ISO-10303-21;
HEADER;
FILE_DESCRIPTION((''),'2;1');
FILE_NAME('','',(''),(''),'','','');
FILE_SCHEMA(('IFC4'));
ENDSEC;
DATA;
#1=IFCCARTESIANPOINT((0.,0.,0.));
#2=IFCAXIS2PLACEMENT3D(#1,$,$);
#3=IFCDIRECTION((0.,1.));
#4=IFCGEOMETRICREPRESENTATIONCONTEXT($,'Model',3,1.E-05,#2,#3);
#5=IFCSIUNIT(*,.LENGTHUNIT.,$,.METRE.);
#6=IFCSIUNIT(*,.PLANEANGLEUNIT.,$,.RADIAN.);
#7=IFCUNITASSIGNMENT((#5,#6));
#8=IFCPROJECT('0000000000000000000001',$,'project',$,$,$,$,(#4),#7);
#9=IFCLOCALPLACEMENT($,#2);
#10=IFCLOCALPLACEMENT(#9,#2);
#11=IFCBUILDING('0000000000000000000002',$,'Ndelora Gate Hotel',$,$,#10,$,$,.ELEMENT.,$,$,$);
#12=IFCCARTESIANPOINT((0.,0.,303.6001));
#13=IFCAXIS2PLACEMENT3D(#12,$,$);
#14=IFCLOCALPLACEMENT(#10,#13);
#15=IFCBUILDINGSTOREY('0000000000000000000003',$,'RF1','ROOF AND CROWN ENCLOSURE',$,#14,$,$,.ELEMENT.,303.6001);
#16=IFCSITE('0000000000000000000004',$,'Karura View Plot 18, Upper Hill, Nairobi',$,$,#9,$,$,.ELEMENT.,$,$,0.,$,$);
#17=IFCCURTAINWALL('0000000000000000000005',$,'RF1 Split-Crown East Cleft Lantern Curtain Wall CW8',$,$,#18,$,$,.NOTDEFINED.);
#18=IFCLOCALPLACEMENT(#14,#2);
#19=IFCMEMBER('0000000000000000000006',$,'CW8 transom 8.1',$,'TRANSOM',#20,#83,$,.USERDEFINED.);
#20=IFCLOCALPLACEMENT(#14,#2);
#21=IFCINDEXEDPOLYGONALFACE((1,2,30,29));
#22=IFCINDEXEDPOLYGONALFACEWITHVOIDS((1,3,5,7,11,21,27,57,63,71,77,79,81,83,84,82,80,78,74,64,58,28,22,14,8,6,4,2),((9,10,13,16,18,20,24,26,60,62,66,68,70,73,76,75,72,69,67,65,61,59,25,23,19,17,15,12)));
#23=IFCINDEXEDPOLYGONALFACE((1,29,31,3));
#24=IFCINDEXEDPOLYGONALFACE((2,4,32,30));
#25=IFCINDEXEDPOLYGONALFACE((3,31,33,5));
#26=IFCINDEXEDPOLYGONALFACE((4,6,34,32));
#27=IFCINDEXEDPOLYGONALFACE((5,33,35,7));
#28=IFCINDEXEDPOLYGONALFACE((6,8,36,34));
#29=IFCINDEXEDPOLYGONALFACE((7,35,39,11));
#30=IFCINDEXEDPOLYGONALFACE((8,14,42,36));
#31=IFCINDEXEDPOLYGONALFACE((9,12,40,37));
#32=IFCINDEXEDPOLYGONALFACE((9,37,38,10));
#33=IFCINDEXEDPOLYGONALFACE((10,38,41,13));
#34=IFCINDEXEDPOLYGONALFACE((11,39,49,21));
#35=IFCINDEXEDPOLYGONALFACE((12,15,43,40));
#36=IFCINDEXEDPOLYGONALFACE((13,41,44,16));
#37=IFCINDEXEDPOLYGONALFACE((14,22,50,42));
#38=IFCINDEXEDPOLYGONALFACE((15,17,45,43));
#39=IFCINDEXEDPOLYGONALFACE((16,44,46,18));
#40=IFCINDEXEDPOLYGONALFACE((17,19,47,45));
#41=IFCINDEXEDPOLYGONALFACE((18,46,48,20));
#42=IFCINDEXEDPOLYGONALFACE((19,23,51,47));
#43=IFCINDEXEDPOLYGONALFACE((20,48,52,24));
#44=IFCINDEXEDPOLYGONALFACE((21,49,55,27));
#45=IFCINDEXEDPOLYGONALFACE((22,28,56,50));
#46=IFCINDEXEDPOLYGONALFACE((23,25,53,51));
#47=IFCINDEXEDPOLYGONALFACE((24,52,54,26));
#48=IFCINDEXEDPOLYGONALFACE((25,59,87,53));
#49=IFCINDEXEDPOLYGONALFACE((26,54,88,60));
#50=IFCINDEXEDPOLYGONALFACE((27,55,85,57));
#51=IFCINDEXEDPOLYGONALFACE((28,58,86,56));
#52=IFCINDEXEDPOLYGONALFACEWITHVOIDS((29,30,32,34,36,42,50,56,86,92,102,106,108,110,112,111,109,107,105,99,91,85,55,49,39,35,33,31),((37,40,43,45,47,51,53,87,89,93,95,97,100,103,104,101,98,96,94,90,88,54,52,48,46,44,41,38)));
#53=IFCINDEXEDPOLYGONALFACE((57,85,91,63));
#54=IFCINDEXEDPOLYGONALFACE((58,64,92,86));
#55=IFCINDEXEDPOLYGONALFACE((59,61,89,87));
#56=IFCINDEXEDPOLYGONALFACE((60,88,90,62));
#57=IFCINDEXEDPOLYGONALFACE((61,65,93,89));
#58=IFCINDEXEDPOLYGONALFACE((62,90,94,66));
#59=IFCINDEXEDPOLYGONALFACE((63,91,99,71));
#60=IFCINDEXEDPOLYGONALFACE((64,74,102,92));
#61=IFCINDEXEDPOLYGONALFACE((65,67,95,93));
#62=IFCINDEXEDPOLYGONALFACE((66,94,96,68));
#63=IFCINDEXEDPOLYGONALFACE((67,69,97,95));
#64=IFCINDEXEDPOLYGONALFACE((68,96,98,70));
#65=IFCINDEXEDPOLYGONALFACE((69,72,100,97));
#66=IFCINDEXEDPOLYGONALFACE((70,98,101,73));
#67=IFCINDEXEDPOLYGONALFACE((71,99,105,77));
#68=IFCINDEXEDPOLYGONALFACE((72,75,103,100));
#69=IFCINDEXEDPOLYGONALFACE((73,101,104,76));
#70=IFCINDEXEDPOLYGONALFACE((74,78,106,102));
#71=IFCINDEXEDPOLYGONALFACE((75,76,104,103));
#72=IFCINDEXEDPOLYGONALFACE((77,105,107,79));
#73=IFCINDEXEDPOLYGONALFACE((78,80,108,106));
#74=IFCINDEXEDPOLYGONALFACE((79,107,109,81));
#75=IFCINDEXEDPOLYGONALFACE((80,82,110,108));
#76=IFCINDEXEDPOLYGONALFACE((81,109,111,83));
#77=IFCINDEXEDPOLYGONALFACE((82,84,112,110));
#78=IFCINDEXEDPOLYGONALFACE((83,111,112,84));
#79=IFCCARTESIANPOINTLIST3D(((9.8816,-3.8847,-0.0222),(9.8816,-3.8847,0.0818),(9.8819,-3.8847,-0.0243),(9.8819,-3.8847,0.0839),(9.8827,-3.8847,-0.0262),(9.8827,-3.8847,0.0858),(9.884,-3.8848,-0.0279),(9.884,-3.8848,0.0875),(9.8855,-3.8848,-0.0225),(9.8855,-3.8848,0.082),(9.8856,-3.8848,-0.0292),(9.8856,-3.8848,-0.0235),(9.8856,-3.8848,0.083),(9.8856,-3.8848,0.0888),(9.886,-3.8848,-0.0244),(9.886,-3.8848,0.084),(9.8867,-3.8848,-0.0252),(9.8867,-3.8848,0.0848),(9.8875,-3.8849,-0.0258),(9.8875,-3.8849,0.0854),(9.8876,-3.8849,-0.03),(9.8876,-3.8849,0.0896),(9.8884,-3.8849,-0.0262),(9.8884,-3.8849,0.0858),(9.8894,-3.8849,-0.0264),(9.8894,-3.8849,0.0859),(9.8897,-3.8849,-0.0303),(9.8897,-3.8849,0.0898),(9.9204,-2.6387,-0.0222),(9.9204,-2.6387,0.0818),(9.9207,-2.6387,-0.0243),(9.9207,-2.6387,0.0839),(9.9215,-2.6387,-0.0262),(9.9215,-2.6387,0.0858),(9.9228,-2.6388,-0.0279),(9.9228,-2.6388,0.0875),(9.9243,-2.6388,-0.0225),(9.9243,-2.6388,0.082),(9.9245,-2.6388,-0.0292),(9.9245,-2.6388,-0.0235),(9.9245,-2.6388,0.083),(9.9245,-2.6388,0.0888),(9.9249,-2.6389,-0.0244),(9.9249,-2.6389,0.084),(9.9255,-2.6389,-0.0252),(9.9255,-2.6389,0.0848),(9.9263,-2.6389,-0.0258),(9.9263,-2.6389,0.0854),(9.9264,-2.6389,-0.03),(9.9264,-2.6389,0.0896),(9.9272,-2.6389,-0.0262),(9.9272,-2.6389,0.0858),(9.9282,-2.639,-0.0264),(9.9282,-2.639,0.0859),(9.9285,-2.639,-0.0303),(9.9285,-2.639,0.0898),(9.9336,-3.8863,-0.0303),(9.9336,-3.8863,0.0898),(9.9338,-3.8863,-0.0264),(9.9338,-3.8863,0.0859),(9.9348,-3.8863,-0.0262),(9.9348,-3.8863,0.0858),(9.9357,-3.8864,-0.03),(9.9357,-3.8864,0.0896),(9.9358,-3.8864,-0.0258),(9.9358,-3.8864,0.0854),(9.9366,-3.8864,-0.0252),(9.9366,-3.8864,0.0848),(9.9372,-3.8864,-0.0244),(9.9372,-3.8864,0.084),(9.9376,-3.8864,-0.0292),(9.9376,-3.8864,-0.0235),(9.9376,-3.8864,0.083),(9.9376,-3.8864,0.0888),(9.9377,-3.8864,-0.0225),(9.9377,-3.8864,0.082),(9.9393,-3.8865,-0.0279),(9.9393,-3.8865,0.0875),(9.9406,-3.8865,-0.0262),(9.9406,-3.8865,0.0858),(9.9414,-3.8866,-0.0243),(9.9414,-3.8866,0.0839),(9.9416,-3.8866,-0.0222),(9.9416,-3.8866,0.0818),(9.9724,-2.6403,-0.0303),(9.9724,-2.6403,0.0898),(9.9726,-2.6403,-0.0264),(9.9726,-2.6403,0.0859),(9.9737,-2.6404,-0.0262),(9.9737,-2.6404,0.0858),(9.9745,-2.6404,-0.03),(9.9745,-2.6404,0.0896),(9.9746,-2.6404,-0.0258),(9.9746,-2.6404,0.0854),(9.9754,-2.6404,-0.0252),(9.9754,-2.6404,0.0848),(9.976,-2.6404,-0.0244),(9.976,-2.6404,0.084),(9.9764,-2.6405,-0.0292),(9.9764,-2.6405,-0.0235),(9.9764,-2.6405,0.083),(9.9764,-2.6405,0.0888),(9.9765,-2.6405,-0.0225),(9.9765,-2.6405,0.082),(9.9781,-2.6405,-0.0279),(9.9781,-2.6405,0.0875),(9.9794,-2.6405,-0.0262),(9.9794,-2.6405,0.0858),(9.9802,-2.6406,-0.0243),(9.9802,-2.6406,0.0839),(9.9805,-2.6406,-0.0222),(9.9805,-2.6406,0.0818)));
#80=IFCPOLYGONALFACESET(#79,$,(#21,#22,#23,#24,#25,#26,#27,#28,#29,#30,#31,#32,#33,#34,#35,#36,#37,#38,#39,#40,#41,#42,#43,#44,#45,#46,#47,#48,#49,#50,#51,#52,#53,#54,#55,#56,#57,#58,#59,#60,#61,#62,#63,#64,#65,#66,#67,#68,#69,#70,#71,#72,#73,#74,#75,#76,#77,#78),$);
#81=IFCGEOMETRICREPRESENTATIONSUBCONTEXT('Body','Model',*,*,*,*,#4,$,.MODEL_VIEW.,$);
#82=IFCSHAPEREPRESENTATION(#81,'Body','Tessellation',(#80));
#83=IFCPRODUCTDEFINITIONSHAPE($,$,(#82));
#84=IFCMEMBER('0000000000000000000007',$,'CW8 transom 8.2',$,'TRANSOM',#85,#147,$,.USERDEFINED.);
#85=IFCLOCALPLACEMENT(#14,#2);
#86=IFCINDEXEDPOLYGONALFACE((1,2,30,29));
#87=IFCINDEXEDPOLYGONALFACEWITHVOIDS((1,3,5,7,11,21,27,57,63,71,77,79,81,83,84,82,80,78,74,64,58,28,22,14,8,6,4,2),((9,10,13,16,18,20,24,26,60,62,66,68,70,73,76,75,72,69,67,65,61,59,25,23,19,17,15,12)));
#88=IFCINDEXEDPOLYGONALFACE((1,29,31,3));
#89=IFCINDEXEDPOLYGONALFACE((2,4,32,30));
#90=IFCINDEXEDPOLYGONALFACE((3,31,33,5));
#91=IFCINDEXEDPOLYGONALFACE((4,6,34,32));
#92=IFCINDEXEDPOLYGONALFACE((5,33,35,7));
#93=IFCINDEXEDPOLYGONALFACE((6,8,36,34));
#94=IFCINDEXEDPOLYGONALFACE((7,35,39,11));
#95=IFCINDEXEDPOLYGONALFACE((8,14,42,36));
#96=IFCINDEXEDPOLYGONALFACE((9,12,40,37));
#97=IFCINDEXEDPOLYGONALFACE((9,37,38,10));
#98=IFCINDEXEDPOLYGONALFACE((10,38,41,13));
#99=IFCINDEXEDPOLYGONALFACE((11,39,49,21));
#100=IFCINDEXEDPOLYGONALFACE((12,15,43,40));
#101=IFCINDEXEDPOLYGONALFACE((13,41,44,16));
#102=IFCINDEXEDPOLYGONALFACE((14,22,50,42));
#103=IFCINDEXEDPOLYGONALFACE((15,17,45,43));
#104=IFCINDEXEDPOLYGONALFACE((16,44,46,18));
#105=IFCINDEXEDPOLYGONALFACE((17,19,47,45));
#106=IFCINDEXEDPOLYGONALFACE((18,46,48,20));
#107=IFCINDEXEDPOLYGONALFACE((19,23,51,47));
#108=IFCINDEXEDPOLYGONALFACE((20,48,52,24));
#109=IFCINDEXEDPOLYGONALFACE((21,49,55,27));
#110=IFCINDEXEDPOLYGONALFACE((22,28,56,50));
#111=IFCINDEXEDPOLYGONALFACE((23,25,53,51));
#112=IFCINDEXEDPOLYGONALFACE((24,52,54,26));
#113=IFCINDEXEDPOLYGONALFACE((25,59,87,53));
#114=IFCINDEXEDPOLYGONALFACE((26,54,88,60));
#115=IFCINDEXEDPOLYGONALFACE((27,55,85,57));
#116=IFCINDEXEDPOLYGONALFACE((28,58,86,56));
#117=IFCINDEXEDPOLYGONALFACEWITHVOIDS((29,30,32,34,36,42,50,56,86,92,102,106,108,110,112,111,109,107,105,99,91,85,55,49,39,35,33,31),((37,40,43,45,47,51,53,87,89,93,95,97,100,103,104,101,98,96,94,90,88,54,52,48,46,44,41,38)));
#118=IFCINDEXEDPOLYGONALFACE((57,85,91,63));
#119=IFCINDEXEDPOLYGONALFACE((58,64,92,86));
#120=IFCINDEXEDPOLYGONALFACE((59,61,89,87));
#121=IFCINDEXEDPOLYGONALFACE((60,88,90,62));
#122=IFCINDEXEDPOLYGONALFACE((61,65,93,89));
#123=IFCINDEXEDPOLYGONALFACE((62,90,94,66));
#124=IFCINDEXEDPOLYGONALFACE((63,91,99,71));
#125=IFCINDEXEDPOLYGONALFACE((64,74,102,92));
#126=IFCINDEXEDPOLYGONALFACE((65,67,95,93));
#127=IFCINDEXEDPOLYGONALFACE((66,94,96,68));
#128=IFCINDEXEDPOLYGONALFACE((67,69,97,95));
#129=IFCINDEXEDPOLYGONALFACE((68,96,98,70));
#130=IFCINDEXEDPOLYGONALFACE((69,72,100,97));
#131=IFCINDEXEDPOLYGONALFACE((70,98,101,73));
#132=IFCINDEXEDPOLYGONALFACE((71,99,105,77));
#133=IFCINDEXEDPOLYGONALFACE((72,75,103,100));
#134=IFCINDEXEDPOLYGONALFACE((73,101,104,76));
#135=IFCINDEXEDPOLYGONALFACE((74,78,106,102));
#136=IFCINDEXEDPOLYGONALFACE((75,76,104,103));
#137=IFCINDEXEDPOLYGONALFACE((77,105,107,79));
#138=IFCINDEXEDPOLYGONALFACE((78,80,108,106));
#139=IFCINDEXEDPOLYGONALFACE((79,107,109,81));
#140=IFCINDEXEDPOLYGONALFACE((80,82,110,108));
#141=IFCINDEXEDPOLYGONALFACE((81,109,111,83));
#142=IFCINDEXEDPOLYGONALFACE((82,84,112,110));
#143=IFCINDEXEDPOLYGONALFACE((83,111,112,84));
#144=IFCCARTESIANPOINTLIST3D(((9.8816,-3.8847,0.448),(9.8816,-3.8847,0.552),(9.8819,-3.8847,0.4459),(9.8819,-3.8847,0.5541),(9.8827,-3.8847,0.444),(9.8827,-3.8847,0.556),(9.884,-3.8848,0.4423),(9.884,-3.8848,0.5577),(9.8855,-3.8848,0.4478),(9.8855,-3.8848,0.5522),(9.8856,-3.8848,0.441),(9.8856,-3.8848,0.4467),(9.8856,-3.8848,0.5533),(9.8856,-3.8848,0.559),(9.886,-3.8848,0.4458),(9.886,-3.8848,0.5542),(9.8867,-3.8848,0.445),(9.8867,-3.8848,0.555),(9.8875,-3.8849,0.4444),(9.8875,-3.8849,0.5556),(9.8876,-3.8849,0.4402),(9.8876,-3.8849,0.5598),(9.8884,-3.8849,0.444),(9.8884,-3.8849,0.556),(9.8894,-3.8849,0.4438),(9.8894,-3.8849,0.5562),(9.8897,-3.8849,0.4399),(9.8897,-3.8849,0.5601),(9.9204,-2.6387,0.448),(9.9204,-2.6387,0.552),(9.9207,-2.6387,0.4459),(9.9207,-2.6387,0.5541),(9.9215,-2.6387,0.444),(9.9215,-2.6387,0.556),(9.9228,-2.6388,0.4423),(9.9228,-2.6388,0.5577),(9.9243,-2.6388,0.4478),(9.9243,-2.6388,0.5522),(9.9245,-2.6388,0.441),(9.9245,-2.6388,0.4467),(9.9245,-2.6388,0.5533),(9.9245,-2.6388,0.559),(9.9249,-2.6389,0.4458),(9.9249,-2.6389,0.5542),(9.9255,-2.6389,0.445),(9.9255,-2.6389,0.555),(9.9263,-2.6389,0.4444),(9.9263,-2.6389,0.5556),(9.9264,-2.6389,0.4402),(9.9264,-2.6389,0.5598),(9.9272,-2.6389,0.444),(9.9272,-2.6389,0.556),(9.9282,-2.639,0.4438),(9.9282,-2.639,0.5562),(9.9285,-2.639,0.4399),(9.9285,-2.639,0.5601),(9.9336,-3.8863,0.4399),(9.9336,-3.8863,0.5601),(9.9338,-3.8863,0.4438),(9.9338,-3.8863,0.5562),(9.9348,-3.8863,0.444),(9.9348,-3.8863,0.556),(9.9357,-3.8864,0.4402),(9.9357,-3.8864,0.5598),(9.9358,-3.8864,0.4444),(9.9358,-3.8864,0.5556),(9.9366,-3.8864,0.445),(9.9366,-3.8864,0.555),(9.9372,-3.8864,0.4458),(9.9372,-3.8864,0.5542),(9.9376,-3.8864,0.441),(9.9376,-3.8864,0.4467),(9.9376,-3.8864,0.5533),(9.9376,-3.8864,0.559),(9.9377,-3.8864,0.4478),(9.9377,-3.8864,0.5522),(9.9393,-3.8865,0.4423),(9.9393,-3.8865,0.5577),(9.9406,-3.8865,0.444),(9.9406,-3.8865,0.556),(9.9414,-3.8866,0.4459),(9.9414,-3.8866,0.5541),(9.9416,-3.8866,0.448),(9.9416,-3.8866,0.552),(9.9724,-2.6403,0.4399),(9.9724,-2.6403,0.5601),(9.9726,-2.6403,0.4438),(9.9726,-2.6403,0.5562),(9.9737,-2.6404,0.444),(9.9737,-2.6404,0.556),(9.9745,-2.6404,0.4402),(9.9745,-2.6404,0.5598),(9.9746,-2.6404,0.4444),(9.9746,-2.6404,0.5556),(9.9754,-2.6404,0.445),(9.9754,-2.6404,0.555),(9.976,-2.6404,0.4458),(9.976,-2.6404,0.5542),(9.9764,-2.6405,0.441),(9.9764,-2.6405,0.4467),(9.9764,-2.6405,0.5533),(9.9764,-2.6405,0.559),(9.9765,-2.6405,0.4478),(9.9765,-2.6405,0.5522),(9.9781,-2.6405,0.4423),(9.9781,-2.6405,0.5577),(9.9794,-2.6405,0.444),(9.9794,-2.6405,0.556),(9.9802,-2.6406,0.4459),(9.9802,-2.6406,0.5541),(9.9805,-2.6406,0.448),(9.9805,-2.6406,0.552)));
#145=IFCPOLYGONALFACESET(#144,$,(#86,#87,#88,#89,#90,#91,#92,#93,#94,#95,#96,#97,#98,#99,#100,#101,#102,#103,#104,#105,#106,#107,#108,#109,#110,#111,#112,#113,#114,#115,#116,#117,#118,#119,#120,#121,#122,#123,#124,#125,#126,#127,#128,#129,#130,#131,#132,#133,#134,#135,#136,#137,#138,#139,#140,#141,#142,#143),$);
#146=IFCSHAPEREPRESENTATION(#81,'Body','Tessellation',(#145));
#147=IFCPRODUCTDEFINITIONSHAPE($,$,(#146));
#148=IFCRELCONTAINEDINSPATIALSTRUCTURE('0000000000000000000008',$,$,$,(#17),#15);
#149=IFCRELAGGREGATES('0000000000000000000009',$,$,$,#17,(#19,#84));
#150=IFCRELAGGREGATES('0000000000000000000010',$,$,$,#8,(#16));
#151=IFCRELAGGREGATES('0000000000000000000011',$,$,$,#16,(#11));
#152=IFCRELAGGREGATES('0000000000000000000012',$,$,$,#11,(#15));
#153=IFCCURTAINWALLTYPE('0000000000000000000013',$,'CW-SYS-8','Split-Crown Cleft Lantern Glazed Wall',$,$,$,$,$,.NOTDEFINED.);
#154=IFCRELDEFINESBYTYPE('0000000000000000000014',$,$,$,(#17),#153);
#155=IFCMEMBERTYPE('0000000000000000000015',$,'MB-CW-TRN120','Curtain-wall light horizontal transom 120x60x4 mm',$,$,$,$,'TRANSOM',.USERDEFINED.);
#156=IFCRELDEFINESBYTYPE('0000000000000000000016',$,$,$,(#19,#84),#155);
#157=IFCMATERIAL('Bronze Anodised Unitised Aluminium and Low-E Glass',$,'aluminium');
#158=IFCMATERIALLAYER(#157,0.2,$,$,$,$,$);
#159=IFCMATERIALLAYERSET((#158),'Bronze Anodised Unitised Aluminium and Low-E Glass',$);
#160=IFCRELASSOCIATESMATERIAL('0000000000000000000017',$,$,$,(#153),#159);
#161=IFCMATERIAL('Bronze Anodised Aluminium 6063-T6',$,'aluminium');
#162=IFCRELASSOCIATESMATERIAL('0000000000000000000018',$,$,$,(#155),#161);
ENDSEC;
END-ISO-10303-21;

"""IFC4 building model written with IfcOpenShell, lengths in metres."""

from ifc_helpers import new_model, si_unit, direction, frame, origin, origin_2d, place, context, subcontext, project, spatial, hollow_rectangle, extrude, material, layer, layer_set, material_profile, profile_set, type_object, element, aggregate, save


model = new_model("IFC4")

# Units and contexts
model_context = context("Model", 3, precision=1e-05, world=origin(), true_north=direction((0.0, 1.0)))
body_context = subcontext(model_context, "Body", "Model", "MODEL_VIEW")
ifc_project = project(units=[si_unit("LENGTHUNIT", "METRE"), si_unit("PLANEANGLEUNIT", "RADIAN")], contexts=[model_context])

# Site, building, storey
site_placement = place(None, origin())
site = spatial("IfcSite", under=ifc_project, at=site_placement, Name="Karura View Plot 18, Upper Hill, Nairobi", CompositionType="ELEMENT", RefElevation=0.0)
building_placement = place(site_placement, origin())
building = spatial("IfcBuilding", under=site, at=building_placement, Name="Ndelora Gate Hotel", CompositionType="ELEMENT")
storey_placement = place(building_placement, frame((0.0, 0.0, 303.6001)))
storey = spatial("IfcBuildingStorey", under=building, at=storey_placement, Name="RF1", Description="ROOF AND CROWN ENCLOSURE", CompositionType="ELEMENT", Elevation=303.6001)

# Curtain wall
ifc_material_1 = material(Name="Bronze Anodised Unitised Aluminium and Low-E Glass", Category="aluminium")
ifc_layer_1 = layer(ifc_material_1, 0.2)
ifc_layer_set_1 = layer_set([ifc_layer_1], Name="Bronze Anodised Unitised Aluminium and Low-E Glass")
curtain_wall_type = type_object("IfcCurtainWallType", Name="CW-SYS-8", Description="Split-Crown Cleft Lantern Glazed Wall", PredefinedType="NOTDEFINED", material=ifc_layer_set_1)
ifc_material_2 = material(Name="Bronze Anodised Aluminium 6063-T6", Category="aluminium")
curtain_wall_1_placement = place(storey_placement, origin())
curtain_wall_1 = element("IfcCurtainWall", 1, at=curtain_wall_1_placement, inside=storey, type_object=curtain_wall_type, Name="RF1 Split-Crown East Cleft Lantern Curtain Wall CW8", PredefinedType="NOTDEFINED")

# Members
ifc_material_profile_1 = material_profile(ifc_material_2, hollow_rectangle(XDim=0.0601, YDim=0.1201, WallThickness=0.0039, InnerFilletRadius=0.0039, OuterFilletRadius=0.0081, at=origin_2d()), Name="ALU 120x60x4")
ifc_profile_set_1 = profile_set([ifc_material_profile_1], Name="Bronze Anodised Aluminium 6063-T6")
member_type_1 = type_object("IfcMemberType", Name="MB-CW-TRN120", Description="Curtain-wall light horizontal transom 120x60x4 mm", ElementType="TRANSOM", PredefinedType="USERDEFINED", material=ifc_profile_set_1)
member_1_placement = place(storey_placement, frame((9.9504, -2.6396, 0.0298), z_axis=(-0.031137, -0.999515, 0.0), x_axis=(0.999515, -0.031137, 0.0)))
member_1 = element("IfcMember", 2, at=member_1_placement, type_object=member_type_1, Name="CW8 transom 8.1", ObjectType="TRANSOM", PredefinedType="USERDEFINED", context=body_context, shape_type="SweptSolid", body=[
    extrude(hollow_rectangle(XDim=0.0601, YDim=0.1201, WallThickness=0.0039, InnerFilletRadius=0.0039, OuterFilletRadius=0.0081, at=origin_2d()), origin(), (0.0, 0.0, 1.0), 1.2466),
])
member_2_placement = place(storey_placement, frame((9.9504, -2.6396, 0.5), z_axis=(-0.031137, -0.999515, 0.0), x_axis=(0.999515, -0.031137, 0.0)))
member_2 = element("IfcMember", 3, at=member_2_placement, type_object=member_type_1, Name="CW8 transom 8.2", ObjectType="TRANSOM", PredefinedType="USERDEFINED", context=body_context, shape_type="SweptSolid", body=[
    extrude(hollow_rectangle(XDim=0.0601, YDim=0.1201, WallThickness=0.0039, InnerFilletRadius=0.0039, OuterFilletRadius=0.0081, at=origin_2d()), origin(), (0.0, 0.0, 1.0), 1.2466),
])

aggregate(curtain_wall_1, [member_1, member_2])

save(model, "model.ifc")
